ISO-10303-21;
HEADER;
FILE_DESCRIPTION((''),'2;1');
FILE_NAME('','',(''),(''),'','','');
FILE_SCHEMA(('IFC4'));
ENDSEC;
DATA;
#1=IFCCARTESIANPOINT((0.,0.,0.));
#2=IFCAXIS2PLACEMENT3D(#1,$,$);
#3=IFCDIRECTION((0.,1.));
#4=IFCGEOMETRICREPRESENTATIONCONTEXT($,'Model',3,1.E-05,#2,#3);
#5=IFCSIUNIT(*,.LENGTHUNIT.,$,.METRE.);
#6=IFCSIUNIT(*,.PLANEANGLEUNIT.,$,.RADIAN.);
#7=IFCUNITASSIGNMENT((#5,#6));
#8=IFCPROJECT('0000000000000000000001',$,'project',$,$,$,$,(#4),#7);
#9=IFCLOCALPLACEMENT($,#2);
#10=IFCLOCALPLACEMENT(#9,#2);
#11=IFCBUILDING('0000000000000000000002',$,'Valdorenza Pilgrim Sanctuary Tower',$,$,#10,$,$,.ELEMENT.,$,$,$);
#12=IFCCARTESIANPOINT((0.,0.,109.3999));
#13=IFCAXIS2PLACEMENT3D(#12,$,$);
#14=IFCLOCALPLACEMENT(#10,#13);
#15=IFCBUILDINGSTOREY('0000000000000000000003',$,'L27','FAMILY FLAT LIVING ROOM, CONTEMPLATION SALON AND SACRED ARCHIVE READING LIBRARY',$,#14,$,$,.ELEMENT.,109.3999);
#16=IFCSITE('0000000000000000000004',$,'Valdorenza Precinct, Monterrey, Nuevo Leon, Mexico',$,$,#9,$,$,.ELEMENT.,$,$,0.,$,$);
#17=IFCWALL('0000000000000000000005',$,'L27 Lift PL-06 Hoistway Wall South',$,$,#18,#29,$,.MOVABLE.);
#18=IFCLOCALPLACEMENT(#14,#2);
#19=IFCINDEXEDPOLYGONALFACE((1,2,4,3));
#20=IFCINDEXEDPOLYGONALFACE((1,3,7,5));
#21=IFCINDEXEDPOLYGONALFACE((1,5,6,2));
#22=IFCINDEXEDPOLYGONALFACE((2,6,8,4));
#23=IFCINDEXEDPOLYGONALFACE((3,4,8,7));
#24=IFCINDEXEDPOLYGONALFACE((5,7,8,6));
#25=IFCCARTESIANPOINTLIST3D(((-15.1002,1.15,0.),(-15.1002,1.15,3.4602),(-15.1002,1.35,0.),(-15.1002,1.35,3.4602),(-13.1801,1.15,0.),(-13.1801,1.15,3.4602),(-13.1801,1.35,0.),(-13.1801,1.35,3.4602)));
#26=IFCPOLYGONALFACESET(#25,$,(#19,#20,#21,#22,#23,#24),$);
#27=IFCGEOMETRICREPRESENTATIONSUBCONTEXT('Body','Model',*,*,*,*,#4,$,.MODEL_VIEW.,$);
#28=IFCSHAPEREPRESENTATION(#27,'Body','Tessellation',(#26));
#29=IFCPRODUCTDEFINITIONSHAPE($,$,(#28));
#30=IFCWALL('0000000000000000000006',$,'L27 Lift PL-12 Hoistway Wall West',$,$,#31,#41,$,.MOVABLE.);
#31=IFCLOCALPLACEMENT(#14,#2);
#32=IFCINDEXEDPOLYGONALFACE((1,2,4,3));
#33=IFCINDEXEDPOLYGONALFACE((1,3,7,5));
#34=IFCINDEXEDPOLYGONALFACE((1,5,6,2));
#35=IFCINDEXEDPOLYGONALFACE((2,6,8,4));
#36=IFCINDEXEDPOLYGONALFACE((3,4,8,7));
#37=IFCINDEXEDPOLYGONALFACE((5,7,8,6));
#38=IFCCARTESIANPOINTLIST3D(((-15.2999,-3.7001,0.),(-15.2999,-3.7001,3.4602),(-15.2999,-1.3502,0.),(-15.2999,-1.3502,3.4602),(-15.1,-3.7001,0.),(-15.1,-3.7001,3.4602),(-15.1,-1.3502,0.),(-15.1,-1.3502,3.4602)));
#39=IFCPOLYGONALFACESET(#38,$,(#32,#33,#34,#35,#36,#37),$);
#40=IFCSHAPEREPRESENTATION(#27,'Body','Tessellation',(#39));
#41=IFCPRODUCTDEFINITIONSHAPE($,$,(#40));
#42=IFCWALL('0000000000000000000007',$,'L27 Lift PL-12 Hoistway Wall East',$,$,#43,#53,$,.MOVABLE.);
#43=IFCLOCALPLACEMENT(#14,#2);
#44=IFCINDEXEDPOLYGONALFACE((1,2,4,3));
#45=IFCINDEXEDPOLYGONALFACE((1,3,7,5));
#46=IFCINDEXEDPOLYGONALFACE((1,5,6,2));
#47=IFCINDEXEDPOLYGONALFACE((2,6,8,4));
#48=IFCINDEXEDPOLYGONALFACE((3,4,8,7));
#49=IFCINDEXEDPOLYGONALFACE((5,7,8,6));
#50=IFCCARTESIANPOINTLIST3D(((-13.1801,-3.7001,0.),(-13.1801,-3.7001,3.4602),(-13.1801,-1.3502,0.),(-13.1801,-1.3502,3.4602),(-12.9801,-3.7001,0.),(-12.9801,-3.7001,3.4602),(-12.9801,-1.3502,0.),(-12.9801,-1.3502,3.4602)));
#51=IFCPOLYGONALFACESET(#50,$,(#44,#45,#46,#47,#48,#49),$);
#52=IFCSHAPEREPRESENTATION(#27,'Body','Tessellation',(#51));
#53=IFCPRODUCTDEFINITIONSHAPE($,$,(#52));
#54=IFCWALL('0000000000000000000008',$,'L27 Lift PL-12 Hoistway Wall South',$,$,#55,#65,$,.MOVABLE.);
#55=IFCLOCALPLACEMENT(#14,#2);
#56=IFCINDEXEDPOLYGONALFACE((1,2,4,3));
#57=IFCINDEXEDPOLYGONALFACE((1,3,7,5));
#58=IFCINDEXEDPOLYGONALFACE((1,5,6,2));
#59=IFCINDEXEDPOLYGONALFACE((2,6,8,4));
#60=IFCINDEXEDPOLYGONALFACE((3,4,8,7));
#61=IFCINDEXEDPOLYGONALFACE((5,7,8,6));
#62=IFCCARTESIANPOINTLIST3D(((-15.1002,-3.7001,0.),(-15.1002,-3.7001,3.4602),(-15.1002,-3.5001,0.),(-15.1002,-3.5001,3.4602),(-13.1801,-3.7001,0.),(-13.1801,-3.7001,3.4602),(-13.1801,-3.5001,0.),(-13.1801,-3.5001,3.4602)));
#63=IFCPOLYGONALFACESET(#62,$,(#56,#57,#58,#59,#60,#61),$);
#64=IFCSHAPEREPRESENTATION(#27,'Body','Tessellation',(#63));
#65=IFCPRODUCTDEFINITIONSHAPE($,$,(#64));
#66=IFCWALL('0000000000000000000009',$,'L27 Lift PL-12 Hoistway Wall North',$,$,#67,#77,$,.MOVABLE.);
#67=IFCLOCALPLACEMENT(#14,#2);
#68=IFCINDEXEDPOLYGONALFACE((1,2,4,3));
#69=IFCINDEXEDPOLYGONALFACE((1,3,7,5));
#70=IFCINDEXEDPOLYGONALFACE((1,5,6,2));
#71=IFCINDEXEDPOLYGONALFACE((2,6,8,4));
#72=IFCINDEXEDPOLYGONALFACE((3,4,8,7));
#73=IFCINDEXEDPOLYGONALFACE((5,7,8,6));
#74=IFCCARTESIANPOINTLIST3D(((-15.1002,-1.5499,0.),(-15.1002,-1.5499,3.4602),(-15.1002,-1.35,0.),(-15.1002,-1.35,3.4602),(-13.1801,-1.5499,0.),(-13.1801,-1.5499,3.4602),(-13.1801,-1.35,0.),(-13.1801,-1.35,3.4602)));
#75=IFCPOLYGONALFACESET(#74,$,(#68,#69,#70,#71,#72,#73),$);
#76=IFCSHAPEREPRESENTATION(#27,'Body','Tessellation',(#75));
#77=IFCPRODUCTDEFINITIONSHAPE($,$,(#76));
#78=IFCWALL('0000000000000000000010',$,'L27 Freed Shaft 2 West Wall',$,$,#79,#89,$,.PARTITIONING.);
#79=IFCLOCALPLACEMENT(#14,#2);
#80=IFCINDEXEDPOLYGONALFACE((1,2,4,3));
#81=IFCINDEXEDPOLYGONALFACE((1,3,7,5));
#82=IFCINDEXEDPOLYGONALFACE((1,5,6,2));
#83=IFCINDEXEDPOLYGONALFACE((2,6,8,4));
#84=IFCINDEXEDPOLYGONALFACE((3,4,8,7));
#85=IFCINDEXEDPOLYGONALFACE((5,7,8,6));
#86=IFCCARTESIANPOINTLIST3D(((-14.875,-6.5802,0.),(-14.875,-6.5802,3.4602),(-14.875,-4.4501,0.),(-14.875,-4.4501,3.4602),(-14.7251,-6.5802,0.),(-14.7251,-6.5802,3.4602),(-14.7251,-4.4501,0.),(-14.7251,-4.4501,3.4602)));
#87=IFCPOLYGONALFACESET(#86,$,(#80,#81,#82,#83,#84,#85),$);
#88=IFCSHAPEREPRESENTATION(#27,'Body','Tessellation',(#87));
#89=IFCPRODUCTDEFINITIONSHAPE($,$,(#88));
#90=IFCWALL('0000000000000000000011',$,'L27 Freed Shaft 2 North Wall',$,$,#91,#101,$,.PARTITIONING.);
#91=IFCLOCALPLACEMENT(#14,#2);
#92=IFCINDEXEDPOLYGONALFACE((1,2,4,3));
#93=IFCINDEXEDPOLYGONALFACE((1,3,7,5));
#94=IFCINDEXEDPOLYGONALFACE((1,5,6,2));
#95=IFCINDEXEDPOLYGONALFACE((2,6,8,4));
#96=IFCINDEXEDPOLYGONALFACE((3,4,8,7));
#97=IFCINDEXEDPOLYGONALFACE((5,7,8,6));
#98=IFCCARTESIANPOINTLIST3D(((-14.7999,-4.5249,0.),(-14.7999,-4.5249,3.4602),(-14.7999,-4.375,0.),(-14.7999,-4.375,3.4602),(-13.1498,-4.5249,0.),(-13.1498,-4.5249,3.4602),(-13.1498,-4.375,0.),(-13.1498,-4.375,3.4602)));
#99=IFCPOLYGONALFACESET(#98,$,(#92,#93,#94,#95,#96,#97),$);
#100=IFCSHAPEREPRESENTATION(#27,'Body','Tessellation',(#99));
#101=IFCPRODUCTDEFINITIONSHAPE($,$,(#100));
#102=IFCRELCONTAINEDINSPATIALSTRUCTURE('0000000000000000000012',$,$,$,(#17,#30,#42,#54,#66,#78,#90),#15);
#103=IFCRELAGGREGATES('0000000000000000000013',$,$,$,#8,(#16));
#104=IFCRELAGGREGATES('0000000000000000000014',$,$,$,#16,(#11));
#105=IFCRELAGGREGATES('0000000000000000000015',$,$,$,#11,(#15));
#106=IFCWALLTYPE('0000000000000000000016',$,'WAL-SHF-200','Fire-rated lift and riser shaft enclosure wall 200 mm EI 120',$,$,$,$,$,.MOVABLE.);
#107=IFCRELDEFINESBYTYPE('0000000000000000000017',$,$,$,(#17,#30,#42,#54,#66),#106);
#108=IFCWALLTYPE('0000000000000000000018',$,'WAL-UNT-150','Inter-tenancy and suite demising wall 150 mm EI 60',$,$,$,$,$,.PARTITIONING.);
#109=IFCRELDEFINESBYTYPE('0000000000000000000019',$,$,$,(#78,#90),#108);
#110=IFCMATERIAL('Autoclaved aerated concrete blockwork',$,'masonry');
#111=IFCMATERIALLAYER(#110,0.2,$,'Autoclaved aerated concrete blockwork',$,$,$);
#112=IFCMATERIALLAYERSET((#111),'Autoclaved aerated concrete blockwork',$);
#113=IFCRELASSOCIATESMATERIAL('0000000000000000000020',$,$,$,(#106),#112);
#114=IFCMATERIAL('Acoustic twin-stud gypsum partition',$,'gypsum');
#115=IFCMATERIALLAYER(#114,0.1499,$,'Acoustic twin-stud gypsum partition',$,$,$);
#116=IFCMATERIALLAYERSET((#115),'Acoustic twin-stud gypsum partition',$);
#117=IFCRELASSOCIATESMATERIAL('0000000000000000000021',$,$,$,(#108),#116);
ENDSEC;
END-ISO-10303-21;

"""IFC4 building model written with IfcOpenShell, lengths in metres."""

from ifc_helpers import new_model, si_unit, direction, frame, frame_2d, origin, place, context, subcontext, project, spatial, rectangle, extrude, material, layer, layer_set, type_object, element, save


model = new_model("IFC4")

# Units and contexts
model_context = context("Model", 3, precision=1e-05, world=origin(), true_north=direction((0.0, 1.0)))
body_context = subcontext(model_context, "Body", "Model", "MODEL_VIEW")
ifc_project = project(units=[si_unit("LENGTHUNIT", "METRE"), si_unit("PLANEANGLEUNIT", "RADIAN")], contexts=[model_context])

# Site, building, storey
site_placement = place(None, origin())
site = spatial("IfcSite", under=ifc_project, at=site_placement, Name="Valdorenza Precinct, Monterrey, Nuevo Leon, Mexico", CompositionType="ELEMENT", RefElevation=0.0)
building_placement = place(site_placement, origin())
building = spatial("IfcBuilding", under=site, at=building_placement, Name="Valdorenza Pilgrim Sanctuary Tower", CompositionType="ELEMENT")
storey_placement = place(building_placement, frame((0.0, 0.0, 109.3999)))
storey = spatial("IfcBuildingStorey", under=building, at=storey_placement, Name="L27", Description="FAMILY FLAT LIVING ROOM, CONTEMPLATION SALON AND SACRED ARCHIVE READING LIBRARY", CompositionType="ELEMENT", Elevation=109.3999)

# Shared definitions
ifc_material_1 = material(Name="Acoustic twin-stud gypsum partition", Category="gypsum")

# Shared definitions
ifc_material_2 = material(Name="Autoclaved aerated concrete blockwork", Category="masonry")
ifc_layer_1 = layer(ifc_material_2, 0.2, Name="Autoclaved aerated concrete blockwork")
ifc_layer_set_1 = layer_set([ifc_layer_1], Name="Autoclaved aerated concrete blockwork")
wall_type_1 = type_object("IfcWallType", Name="WAL-SHF-200", Description="Fire-rated lift and riser shaft enclosure wall 200 mm EI 120", PredefinedType="MOVABLE", material=ifc_layer_set_1)

# Walls
wall_1_placement = place(storey_placement, frame((-15.1001, 1.25, 0.0), z_axis=(0.0, 0.0, 1.0), x_axis=(1.0, 0.0, 0.0)))
element("IfcWall", 1, at=wall_1_placement, inside=storey, type_object=wall_type_1, Name="L27 Lift PL-06 Hoistway Wall South", PredefinedType="MOVABLE", context=body_context, shape_type="SweptSolid", body=[
    extrude(rectangle(XDim=1.9202, YDim=0.2, at=frame_2d((0.96, 0.0))), origin(), (0.0, 0.0, 1.0), 3.4602),
])
for number, where, z_axis, x_axis, name in (
    (2, (-15.2, -3.7, 0.0), (0.0, 0.0, 1.0), (0.0, 1.0, 0.0), "L27 Lift PL-12 Hoistway Wall West"),
    (3, (-13.0801, -3.7, 0.0), (0.0, 0.0, 1.0), (0.0, 1.0, 0.0), "L27 Lift PL-12 Hoistway Wall East"),
):
    element("IfcWall", number, at=place(storey_placement, frame(where, z_axis=z_axis, x_axis=x_axis)), inside=storey, type_object=wall_type_1, Name=name, PredefinedType="MOVABLE", context=body_context, shape_type="SweptSolid", body=[
        extrude(rectangle(XDim=2.3499, YDim=0.2, at=frame_2d((1.1748, 0.0))), origin(), (0.0, 0.0, 1.0), 3.4602),
    ])
for number, where, z_axis, x_axis, name in (
    (4, (-15.1001, -3.6001, 0.0), (0.0, 0.0, 1.0), (1.0, 0.0, 0.0), "L27 Lift PL-12 Hoistway Wall South"),
    (5, (-15.1001, -1.45, 0.0), (0.0, 0.0, 1.0), (1.0, 0.0, 0.0), "L27 Lift PL-12 Hoistway Wall North"),
):
    element("IfcWall", number, at=place(storey_placement, frame(where, z_axis=z_axis, x_axis=x_axis)), inside=storey, type_object=wall_type_1, Name=name, PredefinedType="MOVABLE", context=body_context, shape_type="SweptSolid", body=[
        extrude(rectangle(XDim=1.9202, YDim=0.2, at=frame_2d((0.96, 0.0))), origin(), (0.0, 0.0, 1.0), 3.4602),
    ])
ifc_layer_2 = layer(ifc_material_1, 0.1499, Name="Acoustic twin-stud gypsum partition")
ifc_layer_set_2 = layer_set([ifc_layer_2], Name="Acoustic twin-stud gypsum partition")
wall_type_2 = type_object("IfcWallType", Name="WAL-UNT-150", Description="Inter-tenancy and suite demising wall 150 mm EI 60", PredefinedType="PARTITIONING", material=ifc_layer_set_2)
wall_2_placement = place(storey_placement, frame((-14.8, -6.5801, 0.0), z_axis=(0.0, 0.0, 1.0), x_axis=(0.0, 1.0, 0.0)))
element("IfcWall", 6, at=wall_2_placement, inside=storey, type_object=wall_type_2, Name="L27 Freed Shaft 2 West Wall", PredefinedType="PARTITIONING", context=body_context, shape_type="SweptSolid", body=[
    extrude(rectangle(XDim=2.1301, YDim=0.1499, at=frame_2d((1.0649, 0.0))), origin(), (0.0, 0.0, 1.0), 3.4602),
])
wall_3_placement = place(storey_placement, frame((-14.8, -4.45, 0.0), z_axis=(0.0, 0.0, 1.0), x_axis=(1.0, 0.0, 0.0)))
element("IfcWall", 7, at=wall_3_placement, inside=storey, type_object=wall_type_2, Name="L27 Freed Shaft 2 North Wall", PredefinedType="PARTITIONING", context=body_context, shape_type="SweptSolid", body=[
    extrude(rectangle(XDim=1.6501, YDim=0.1499, at=frame_2d((0.8252, 0.0))), origin(), (0.0, 0.0, 1.0), 3.4602),
])

save(model, "model.ifc")
